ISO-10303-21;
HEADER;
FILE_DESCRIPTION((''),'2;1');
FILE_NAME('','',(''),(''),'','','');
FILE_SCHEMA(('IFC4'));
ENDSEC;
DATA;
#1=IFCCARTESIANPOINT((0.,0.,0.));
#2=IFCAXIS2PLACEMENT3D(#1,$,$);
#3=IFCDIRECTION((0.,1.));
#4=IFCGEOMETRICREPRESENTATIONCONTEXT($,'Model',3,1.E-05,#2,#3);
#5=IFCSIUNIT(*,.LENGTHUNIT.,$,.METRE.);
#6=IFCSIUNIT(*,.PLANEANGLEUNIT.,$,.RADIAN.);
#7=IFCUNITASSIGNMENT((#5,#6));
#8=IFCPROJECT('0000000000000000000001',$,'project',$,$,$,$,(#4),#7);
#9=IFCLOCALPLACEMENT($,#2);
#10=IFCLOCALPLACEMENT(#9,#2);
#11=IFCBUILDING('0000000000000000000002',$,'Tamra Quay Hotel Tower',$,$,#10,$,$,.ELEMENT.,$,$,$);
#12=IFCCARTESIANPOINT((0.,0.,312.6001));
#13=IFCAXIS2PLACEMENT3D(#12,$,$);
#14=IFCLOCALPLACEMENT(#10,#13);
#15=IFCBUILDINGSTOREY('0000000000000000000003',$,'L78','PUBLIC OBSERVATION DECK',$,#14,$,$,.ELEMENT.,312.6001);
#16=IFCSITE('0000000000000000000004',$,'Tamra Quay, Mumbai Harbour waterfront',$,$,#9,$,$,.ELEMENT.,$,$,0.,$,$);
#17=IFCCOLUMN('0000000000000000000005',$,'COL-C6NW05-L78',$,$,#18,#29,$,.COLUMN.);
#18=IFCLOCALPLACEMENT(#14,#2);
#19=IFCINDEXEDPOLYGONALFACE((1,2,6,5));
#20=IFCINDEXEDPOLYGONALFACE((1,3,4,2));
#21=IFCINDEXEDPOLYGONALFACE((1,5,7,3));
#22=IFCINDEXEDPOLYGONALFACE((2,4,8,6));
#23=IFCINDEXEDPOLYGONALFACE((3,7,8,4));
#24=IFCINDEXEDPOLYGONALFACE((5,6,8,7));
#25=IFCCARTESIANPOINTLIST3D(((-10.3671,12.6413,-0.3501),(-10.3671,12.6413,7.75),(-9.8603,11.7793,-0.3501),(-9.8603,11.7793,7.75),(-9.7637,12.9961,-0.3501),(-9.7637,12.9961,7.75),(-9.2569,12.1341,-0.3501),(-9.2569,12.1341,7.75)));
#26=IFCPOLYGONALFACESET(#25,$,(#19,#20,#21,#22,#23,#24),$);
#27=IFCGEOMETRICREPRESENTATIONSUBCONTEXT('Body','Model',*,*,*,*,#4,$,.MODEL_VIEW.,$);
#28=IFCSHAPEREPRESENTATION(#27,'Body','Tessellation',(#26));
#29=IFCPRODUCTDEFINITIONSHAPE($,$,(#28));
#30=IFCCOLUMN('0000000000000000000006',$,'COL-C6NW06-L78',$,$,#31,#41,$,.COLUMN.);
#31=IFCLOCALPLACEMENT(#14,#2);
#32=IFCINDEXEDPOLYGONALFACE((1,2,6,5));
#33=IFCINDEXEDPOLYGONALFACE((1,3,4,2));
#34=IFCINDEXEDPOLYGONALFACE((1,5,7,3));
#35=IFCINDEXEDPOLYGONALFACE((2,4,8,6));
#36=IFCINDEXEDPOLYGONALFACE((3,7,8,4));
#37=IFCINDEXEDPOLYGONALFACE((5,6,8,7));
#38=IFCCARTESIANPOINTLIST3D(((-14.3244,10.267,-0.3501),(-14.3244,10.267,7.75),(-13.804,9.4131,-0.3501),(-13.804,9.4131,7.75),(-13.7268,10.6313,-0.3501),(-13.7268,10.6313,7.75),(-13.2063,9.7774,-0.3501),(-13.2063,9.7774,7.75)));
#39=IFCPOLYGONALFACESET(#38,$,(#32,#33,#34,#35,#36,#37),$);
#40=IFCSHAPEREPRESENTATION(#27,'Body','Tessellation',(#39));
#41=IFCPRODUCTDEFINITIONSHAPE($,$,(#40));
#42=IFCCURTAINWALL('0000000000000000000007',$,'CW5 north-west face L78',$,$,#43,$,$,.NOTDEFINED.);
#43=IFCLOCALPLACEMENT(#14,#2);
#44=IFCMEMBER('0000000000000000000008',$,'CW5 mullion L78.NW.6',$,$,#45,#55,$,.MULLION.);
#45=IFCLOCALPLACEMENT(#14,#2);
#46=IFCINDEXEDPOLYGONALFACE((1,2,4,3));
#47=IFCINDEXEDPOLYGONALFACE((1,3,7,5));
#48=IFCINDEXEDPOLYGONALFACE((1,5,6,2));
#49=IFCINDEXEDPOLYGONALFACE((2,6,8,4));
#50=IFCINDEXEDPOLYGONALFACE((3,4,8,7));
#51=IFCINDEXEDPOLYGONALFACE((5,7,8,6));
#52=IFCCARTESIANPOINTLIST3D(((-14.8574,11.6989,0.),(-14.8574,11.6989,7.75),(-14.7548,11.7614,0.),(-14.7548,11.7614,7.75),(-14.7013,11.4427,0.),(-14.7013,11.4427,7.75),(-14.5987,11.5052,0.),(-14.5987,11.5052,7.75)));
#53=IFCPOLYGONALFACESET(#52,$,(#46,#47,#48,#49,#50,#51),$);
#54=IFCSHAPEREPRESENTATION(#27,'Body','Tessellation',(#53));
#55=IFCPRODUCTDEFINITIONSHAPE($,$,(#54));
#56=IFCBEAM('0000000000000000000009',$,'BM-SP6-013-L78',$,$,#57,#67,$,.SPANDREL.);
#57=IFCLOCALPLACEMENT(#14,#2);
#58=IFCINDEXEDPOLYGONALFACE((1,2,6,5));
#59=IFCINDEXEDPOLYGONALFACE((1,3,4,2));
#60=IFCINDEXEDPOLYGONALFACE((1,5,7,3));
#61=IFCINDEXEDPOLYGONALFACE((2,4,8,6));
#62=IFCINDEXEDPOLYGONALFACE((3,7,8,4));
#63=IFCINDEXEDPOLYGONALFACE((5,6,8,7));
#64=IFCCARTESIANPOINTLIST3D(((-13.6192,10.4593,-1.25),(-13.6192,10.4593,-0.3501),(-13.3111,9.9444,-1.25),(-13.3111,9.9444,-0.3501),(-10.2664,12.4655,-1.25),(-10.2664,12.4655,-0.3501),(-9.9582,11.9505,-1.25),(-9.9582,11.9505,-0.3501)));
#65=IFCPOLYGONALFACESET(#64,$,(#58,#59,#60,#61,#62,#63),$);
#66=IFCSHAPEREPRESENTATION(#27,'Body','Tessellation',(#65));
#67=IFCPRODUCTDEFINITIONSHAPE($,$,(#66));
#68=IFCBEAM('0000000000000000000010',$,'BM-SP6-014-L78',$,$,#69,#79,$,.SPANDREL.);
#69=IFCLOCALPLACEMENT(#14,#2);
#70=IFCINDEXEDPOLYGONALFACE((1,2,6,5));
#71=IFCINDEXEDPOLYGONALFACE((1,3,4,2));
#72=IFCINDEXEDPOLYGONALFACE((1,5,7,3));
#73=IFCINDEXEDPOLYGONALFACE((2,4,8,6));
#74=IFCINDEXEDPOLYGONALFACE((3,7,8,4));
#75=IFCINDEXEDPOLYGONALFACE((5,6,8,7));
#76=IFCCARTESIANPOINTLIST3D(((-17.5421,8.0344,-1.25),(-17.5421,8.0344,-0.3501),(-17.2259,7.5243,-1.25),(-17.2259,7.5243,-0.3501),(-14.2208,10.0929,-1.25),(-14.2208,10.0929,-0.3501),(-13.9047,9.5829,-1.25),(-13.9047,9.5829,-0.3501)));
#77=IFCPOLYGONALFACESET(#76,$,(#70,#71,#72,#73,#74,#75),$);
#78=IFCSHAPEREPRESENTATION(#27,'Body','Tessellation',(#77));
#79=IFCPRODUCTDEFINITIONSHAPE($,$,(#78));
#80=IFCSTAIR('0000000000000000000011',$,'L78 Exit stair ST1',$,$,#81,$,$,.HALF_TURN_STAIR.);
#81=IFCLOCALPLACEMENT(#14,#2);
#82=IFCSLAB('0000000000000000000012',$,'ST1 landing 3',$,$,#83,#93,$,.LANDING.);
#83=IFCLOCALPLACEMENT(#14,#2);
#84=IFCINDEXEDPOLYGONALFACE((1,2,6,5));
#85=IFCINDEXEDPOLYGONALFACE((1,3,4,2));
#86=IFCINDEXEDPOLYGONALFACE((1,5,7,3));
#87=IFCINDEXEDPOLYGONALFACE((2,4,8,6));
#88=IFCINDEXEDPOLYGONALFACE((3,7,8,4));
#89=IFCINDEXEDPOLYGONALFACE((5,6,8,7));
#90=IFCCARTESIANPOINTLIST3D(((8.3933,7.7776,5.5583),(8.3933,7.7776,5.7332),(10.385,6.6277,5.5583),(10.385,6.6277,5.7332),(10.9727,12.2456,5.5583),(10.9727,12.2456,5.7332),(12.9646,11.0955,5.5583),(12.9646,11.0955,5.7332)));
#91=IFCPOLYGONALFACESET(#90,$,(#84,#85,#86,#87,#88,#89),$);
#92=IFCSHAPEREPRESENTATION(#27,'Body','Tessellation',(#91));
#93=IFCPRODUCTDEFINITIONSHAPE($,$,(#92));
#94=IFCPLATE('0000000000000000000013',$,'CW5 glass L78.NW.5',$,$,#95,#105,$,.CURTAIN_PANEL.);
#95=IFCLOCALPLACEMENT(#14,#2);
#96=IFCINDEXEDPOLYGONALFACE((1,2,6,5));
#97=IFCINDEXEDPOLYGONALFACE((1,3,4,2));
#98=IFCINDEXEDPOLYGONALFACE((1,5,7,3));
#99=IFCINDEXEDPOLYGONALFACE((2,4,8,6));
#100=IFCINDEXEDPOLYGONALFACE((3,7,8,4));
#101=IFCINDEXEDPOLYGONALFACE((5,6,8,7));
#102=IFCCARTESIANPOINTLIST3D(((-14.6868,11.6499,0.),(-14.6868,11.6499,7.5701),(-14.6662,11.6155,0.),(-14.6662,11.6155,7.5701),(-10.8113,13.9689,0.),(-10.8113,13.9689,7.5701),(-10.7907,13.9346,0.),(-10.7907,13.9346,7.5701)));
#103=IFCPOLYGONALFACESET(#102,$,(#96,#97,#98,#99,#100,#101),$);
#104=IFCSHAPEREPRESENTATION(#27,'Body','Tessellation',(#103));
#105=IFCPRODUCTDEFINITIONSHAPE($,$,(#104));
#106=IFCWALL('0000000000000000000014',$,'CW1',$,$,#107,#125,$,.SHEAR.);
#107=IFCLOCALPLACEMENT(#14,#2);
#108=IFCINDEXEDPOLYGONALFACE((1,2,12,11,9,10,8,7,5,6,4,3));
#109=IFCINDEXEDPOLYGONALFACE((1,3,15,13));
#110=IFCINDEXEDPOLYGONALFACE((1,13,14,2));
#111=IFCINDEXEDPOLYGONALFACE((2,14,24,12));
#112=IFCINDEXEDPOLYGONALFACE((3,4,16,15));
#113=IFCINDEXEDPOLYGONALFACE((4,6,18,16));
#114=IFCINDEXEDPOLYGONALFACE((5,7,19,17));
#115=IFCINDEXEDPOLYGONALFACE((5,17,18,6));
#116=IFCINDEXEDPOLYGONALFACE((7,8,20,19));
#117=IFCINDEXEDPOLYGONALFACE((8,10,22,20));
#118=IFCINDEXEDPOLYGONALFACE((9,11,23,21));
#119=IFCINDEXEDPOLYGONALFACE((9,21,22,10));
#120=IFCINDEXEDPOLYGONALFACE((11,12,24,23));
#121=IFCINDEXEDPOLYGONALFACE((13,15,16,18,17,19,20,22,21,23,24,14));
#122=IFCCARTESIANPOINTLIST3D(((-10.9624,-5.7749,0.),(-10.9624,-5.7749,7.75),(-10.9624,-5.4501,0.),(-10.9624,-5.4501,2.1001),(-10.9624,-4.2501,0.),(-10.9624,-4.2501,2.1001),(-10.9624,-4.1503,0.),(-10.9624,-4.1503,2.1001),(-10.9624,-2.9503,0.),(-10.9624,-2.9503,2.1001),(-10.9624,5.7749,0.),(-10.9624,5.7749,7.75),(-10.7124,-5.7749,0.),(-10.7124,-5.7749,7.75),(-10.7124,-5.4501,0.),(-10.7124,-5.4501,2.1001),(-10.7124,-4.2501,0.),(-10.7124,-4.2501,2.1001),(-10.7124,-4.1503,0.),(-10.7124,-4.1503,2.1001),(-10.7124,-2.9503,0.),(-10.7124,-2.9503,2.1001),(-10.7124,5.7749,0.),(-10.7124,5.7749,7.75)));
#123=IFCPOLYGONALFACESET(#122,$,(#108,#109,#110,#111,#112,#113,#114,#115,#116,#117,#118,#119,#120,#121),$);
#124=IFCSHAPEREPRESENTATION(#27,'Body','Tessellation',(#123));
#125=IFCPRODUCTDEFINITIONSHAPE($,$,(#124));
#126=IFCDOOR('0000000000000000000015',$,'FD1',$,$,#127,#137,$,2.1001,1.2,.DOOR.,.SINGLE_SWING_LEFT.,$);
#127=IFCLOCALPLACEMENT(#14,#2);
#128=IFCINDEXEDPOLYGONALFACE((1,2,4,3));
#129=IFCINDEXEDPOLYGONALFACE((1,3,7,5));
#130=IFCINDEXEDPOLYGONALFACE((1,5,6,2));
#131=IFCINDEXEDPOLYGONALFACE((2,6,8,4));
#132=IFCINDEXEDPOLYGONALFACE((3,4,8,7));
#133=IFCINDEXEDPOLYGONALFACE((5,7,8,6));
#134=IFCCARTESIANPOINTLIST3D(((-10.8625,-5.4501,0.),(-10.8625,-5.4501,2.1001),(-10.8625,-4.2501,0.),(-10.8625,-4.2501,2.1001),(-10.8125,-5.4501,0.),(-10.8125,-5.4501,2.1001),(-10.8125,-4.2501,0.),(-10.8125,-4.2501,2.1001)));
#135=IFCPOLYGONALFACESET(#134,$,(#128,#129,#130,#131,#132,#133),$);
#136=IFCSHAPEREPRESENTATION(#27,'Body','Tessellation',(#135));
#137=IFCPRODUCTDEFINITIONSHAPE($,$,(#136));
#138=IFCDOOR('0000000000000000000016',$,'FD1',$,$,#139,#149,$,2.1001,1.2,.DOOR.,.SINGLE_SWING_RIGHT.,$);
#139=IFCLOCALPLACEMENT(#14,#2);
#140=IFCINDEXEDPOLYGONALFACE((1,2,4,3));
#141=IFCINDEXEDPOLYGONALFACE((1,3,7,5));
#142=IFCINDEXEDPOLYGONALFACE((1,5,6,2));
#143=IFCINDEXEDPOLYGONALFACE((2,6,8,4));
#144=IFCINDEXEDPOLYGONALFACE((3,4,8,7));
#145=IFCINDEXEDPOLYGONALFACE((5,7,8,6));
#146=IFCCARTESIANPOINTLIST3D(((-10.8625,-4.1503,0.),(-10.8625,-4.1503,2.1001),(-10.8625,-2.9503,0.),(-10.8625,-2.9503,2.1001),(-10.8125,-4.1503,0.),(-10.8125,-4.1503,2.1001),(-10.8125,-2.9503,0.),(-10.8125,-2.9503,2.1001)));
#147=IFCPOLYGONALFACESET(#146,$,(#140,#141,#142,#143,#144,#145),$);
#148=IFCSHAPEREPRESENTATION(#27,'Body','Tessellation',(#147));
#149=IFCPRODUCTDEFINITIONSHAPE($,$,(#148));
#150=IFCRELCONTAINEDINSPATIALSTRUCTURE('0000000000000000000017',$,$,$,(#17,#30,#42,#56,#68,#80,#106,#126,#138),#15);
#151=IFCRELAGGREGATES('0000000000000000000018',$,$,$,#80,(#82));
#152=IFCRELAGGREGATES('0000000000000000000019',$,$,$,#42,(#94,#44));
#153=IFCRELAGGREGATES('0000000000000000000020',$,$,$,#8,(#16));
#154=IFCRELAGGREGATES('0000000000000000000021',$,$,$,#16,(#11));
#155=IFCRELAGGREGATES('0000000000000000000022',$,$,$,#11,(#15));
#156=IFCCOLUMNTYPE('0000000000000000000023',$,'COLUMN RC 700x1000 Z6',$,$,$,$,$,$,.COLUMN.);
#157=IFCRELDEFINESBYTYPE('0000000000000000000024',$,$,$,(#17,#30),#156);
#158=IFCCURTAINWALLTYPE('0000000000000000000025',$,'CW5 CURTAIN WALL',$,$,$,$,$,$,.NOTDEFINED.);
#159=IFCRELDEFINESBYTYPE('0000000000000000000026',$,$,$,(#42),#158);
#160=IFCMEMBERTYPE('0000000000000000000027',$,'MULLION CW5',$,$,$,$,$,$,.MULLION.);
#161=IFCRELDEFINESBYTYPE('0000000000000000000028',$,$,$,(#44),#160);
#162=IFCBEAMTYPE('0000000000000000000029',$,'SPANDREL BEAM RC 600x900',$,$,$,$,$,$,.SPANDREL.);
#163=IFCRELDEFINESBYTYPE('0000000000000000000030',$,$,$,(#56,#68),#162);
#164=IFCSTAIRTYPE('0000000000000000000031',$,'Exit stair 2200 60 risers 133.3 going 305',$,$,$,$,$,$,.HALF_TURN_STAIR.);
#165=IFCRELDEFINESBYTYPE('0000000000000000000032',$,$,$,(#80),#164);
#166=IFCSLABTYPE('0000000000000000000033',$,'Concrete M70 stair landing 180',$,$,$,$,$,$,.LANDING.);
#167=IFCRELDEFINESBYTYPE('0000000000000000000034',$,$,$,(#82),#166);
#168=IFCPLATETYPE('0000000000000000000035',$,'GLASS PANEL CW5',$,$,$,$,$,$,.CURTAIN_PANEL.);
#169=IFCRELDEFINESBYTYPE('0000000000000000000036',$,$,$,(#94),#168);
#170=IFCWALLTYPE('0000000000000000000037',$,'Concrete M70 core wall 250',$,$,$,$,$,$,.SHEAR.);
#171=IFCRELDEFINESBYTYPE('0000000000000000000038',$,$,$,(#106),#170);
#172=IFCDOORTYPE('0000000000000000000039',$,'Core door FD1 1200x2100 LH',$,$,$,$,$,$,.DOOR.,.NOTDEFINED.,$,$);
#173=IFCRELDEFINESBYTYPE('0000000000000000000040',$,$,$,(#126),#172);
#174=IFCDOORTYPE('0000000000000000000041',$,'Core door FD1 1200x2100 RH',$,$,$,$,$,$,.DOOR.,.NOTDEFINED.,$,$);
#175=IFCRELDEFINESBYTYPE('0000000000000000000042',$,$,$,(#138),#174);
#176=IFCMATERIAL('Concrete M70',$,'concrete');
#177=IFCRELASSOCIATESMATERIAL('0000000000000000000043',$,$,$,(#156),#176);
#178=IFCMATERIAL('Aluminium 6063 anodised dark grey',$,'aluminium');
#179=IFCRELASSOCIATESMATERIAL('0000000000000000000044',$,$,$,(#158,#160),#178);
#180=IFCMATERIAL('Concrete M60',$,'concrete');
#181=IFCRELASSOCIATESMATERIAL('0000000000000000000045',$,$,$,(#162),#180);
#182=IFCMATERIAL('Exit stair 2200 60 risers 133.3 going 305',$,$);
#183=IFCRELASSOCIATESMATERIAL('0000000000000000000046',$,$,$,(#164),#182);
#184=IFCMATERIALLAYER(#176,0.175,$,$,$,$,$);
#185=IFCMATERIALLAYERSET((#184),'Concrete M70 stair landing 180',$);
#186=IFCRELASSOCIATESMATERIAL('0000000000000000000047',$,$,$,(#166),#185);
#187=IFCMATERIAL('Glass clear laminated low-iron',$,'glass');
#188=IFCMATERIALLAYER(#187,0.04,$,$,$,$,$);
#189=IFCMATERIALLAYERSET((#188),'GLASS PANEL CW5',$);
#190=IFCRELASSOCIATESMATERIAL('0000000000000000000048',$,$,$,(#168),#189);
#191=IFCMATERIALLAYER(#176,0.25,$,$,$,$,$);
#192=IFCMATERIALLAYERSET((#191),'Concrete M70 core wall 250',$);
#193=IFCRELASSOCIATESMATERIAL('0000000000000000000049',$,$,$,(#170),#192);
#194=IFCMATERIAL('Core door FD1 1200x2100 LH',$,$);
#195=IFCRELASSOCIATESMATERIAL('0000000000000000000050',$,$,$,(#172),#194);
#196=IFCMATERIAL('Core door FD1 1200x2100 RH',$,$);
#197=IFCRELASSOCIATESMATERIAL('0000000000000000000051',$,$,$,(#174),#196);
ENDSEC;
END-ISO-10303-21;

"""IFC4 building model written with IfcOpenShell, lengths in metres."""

from ifc_helpers import new_model, si_unit, direction, frame, frame_2d, origin, origin_2d, place, context, subcontext, project, spatial, polyline, rectangle, outline, extrude, material, layer, layer_set, material_profile, profile_set, type_object, element, fill, aggregate, save


model = new_model("IFC4")

# Units and contexts
model_context = context("Model", 3, precision=1e-05, world=origin(), true_north=direction((0.0, 1.0)))
body_context = subcontext(model_context, "Body", "Model", "MODEL_VIEW")
ifc_project = project(units=[si_unit("LENGTHUNIT", "METRE"), si_unit("PLANEANGLEUNIT", "RADIAN")], contexts=[model_context])

# Site, building, storey
site_placement = place(None, origin())
site = spatial("IfcSite", under=ifc_project, at=site_placement, Name="Tamra Quay, Mumbai Harbour waterfront", CompositionType="ELEMENT", RefElevation=0.0)
building_placement = place(site_placement, origin())
building = spatial("IfcBuilding", under=site, at=building_placement, Name="Tamra Quay Hotel Tower", CompositionType="ELEMENT")
storey_placement = place(building_placement, frame((0.0, 0.0, 312.6001)))
storey = spatial("IfcBuildingStorey", under=building, at=storey_placement, Name="L78", Description="PUBLIC OBSERVATION DECK", CompositionType="ELEMENT", Elevation=312.6001)

# Columns
ifc_material_1 = material(Name="Concrete M70", Category="concrete")
ifc_material_profile_1 = material_profile(ifc_material_1, rectangle(XDim=1.0, YDim=0.7, at=origin_2d()), Name="COLUMN RC 700x1000 Z6")
ifc_profile_set_1 = profile_set([ifc_material_profile_1], Name="Concrete M70")
column_type = type_object("IfcColumnType", Name="COLUMN RC 700x1000 Z6", PredefinedType="COLUMN", material=ifc_profile_set_1)
for number, where, z_axis, x_axis, name in (
    (1, (-9.812, 12.3877, -0.3501), (0.0, 0.0, 1.0), (-0.506843, 0.862038, 0.0), "COL-C6NW05-L78"),
    (2, (-13.7654, 10.0222, -0.3501), (0.0, 0.0, 1.0), (-0.52043, 0.853904, 0.0), "COL-C6NW06-L78"),
):
    element("IfcColumn", number, at=place(storey_placement, frame(where, z_axis=z_axis, x_axis=x_axis)), inside=storey, type_object=column_type, Name=name, PredefinedType="COLUMN", context=body_context, shape_type="SweptSolid", body=[
        extrude(rectangle(XDim=1.0, YDim=0.7, at=origin_2d()), origin(), (0.0, 0.0, 1.0), 8.1001),
    ])

# Curtain wall, member
ifc_material_2 = material(Name="Aluminium 6063 anodised dark grey", Category="aluminium")
curtain_wall_type = type_object("IfcCurtainWallType", Name="CW5 CURTAIN WALL", PredefinedType="NOTDEFINED", material=ifc_material_2)
curtain_wall_placement = place(storey_placement, origin())
curtain_wall = element("IfcCurtainWall", 3, at=curtain_wall_placement, inside=storey, type_object=curtain_wall_type, Name="CW5 north-west face L78", PredefinedType="NOTDEFINED")
ifc_material_profile_2 = material_profile(ifc_material_2, rectangle(XDim=0.3, YDim=0.1201, at=origin_2d()), Name="MULLION 120X300")
ifc_profile_set_2 = profile_set([ifc_material_profile_2], Name="Aluminium 6063 anodised dark grey")
member_type = type_object("IfcMemberType", Name="MULLION CW5", PredefinedType="MULLION", material=ifc_profile_set_2)
member_placement = place(storey_placement, frame((-14.728, 11.6021, 0.0), z_axis=(0.0, 0.0, 1.0), x_axis=(-0.52016, 0.854069, 0.0)))
member = element("IfcMember", 4, at=member_placement, type_object=member_type, Name="CW5 mullion L78.NW.6", PredefinedType="MULLION", context=body_context, shape_type="SweptSolid", body=[
    extrude(rectangle(XDim=0.3, YDim=0.1201, at=origin_2d()), origin(), (0.0, 0.0, 1.0), 7.75),
])

# Beams
ifc_material_3 = material(Name="Concrete M60", Category="concrete")
ifc_material_profile_3 = material_profile(ifc_material_3, rectangle(XDim=0.6001, YDim=0.8999, at=origin_2d()), Name="SPANDREL BEAM RC 600x900")
ifc_profile_set_3 = profile_set([ifc_material_profile_3], Name="Concrete M60")
beam_type = type_object("IfcBeamType", Name="SPANDREL BEAM RC 600x900", PredefinedType="SPANDREL", material=ifc_profile_set_3)
beam_1_placement = place(storey_placement, frame((-10.1123, 12.208, -0.8), z_axis=(-0.858121, -0.513448, 0.0), x_axis=(0.513448, -0.858121, 0.0)))
element("IfcBeam", 5, at=beam_1_placement, inside=storey, type_object=beam_type, Name="BM-SP6-013-L78", PredefinedType="SPANDREL", context=body_context, shape_type="SweptSolid", body=[
    extrude(rectangle(XDim=0.6001, YDim=0.8999, at=origin_2d()), origin(), (0.0, 0.0, 1.0), 3.9072),
])
beam_2_placement = place(storey_placement, frame((-14.0627, 9.8379, -0.8), z_axis=(-0.849972, -0.526828, 0.0), x_axis=(0.526828, -0.849972, 0.0)))
element("IfcBeam", 6, at=beam_2_placement, inside=storey, type_object=beam_type, Name="BM-SP6-014-L78", PredefinedType="SPANDREL", context=body_context, shape_type="SweptSolid", body=[
    extrude(rectangle(XDim=0.6001, YDim=0.8999, at=origin_2d()), origin(), (0.0, 0.0, 1.0), 3.9075),
])

# Stair, slab
ifc_material_4 = material(Name="Exit stair 2200 60 risers 133.3 going 305")
stair_type = type_object("IfcStairType", Name="Exit stair 2200 60 risers 133.3 going 305", PredefinedType="HALF_TURN_STAIR", material=ifc_material_4)
stair_1_placement = place(storey_placement, origin())
stair_1 = element("IfcStair", 7, at=stair_1_placement, inside=storey, type_object=stair_type, Name="L78 Exit stair ST1", PredefinedType="HALF_TURN_STAIR")
ifc_layer_1 = layer(ifc_material_1, 0.175)
ifc_layer_set_1 = layer_set([ifc_layer_1], Name="Concrete M70 stair landing 180")
slab_type = type_object("IfcSlabType", Name="Concrete M70 stair landing 180", PredefinedType="LANDING", material=ifc_layer_set_1)
slab_placement = place(storey_placement, frame((0.0, 0.0, 5.5583)))
slab = element("IfcSlab", 8, at=slab_placement, type_object=slab_type, Name="ST1 landing 3", PredefinedType="LANDING", context=body_context, shape_type="SweptSolid", body=[
    extrude(outline(polyline([(8.3933, 7.7776), (10.385, 6.6277), (12.9646, 11.0955), (10.9727, 12.2456), (8.3933, 7.7776)])), origin(), (0.0, 0.0, 1.0), 0.1748),
])
aggregate(stair_1, [slab])

# Plate
ifc_material_5 = material(Name="Glass clear laminated low-iron", Category="glass")
ifc_layer_2 = layer(ifc_material_5, 0.04)
ifc_layer_set_2 = layer_set([ifc_layer_2], Name="GLASS PANEL CW5")
plate_type = type_object("IfcPlateType", Name="GLASS PANEL CW5", PredefinedType="CURTAIN_PANEL", material=ifc_layer_set_2)
plate_placement = place(storey_placement, frame((-12.7388, 12.7922, 0.0), z_axis=(0.0, 0.0, 1.0), x_axis=(-0.858103, -0.513477, 0.0)))
plate = element("IfcPlate", 9, at=plate_placement, type_object=plate_type, Name="CW5 glass L78.NW.5", PredefinedType="CURTAIN_PANEL", context=body_context, shape_type="SweptSolid", body=[
    extrude(rectangle(XDim=4.5164, YDim=0.04, at=origin_2d()), origin(), (0.0, 0.0, 1.0), 7.5701),
])
aggregate(curtain_wall, [plate, member])

# Wall, openings, doors
ifc_layer_3 = layer(ifc_material_1, 0.25)
ifc_layer_set_3 = layer_set([ifc_layer_3], Name="Concrete M70 core wall 250")
wall_type_1 = type_object("IfcWallType", Name="Concrete M70 core wall 250", PredefinedType="SHEAR", material=ifc_layer_set_3)
wall_1_placement = place(storey_placement, frame((-10.8374, 5.7749, 0.0), z_axis=(0.0, 0.0, 1.0), x_axis=(0.0, -1.0, 0.0)))
wall_1 = element("IfcWall", 10, at=wall_1_placement, inside=storey, type_object=wall_type_1, Name="CW1", PredefinedType="SHEAR", context=body_context, shape_type="SweptSolid", body=[
    extrude(rectangle(XDim=11.5498, YDim=0.25, at=frame_2d((5.7749, 0.0))), origin(), (0.0, 0.0, 1.0), 7.75),
])
opening_1_placement = place(wall_1_placement, frame((10.0249, 0.0, 0.0)))
opening_1 = element("IfcOpeningElement", 11, at=opening_1_placement, cuts=wall_1, PredefinedType="OPENING", context=body_context, shape_type="SweptSolid", body=[
    extrude(rectangle(XDim=1.2, YDim=2.1001, at=frame_2d((0.6001, 1.05))), frame((0.0, 0.135, 0.0), z_axis=(0.0, -1.0, 0.0), x_axis=(1.0, 0.0, 0.0)), (0.0, 0.0, 1.0), 0.27),
])
opening_2_placement = place(wall_1_placement, frame((8.7251, 0.0, 0.0)))
opening_2 = element("IfcOpeningElement", 12, at=opening_2_placement, cuts=wall_1, PredefinedType="OPENING", context=body_context, shape_type="SweptSolid", body=[
    extrude(rectangle(XDim=1.2, YDim=2.1001, at=frame_2d((0.6001, 1.05))), frame((0.0, 0.135, 0.0), z_axis=(0.0, -1.0, 0.0), x_axis=(1.0, 0.0, 0.0)), (0.0, 0.0, 1.0), 0.27),
])
ifc_material_6 = material(Name="Core door FD1 1200x2100 LH")
door_type_1 = type_object("IfcDoorType", Name="Core door FD1 1200x2100 LH", OperationType="NOTDEFINED", PredefinedType="DOOR", material=ifc_material_6)
door_1_placement = place(opening_1_placement, origin())
door_1 = element("IfcDoor", 13, at=door_1_placement, inside=storey, type_object=door_type_1, Name="FD1", OperationType="SINGLE_SWING_LEFT", OverallHeight=2.1001, OverallWidth=1.2, PredefinedType="DOOR", context=body_context, shape_type="SweptSolid", body=[
    extrude(rectangle(XDim=1.2, YDim=2.1001, at=frame_2d((0.6001, 1.05))), frame((0.0, 0.0249, 0.0), z_axis=(0.0, -1.0, 0.0), x_axis=(1.0, 0.0, 0.0)), (0.0, 0.0, 1.0), 0.05),
])
fill(opening_1, door_1)
ifc_material_7 = material(Name="Core door FD1 1200x2100 RH")
door_type_2 = type_object("IfcDoorType", Name="Core door FD1 1200x2100 RH", OperationType="NOTDEFINED", PredefinedType="DOOR", material=ifc_material_7)
door_2_placement = place(opening_2_placement, origin())
door_2 = element("IfcDoor", 14, at=door_2_placement, inside=storey, type_object=door_type_2, Name="FD1", OperationType="SINGLE_SWING_RIGHT", OverallHeight=2.1001, OverallWidth=1.2, PredefinedType="DOOR", context=body_context, shape_type="SweptSolid", body=[
    extrude(rectangle(XDim=1.2, YDim=2.1001, at=frame_2d((0.6001, 1.05))), frame((0.0, 0.0249, 0.0), z_axis=(0.0, -1.0, 0.0), x_axis=(1.0, 0.0, 0.0)), (0.0, 0.0, 1.0), 0.05),
])
fill(opening_2, door_2)

save(model, "model.ifc")
